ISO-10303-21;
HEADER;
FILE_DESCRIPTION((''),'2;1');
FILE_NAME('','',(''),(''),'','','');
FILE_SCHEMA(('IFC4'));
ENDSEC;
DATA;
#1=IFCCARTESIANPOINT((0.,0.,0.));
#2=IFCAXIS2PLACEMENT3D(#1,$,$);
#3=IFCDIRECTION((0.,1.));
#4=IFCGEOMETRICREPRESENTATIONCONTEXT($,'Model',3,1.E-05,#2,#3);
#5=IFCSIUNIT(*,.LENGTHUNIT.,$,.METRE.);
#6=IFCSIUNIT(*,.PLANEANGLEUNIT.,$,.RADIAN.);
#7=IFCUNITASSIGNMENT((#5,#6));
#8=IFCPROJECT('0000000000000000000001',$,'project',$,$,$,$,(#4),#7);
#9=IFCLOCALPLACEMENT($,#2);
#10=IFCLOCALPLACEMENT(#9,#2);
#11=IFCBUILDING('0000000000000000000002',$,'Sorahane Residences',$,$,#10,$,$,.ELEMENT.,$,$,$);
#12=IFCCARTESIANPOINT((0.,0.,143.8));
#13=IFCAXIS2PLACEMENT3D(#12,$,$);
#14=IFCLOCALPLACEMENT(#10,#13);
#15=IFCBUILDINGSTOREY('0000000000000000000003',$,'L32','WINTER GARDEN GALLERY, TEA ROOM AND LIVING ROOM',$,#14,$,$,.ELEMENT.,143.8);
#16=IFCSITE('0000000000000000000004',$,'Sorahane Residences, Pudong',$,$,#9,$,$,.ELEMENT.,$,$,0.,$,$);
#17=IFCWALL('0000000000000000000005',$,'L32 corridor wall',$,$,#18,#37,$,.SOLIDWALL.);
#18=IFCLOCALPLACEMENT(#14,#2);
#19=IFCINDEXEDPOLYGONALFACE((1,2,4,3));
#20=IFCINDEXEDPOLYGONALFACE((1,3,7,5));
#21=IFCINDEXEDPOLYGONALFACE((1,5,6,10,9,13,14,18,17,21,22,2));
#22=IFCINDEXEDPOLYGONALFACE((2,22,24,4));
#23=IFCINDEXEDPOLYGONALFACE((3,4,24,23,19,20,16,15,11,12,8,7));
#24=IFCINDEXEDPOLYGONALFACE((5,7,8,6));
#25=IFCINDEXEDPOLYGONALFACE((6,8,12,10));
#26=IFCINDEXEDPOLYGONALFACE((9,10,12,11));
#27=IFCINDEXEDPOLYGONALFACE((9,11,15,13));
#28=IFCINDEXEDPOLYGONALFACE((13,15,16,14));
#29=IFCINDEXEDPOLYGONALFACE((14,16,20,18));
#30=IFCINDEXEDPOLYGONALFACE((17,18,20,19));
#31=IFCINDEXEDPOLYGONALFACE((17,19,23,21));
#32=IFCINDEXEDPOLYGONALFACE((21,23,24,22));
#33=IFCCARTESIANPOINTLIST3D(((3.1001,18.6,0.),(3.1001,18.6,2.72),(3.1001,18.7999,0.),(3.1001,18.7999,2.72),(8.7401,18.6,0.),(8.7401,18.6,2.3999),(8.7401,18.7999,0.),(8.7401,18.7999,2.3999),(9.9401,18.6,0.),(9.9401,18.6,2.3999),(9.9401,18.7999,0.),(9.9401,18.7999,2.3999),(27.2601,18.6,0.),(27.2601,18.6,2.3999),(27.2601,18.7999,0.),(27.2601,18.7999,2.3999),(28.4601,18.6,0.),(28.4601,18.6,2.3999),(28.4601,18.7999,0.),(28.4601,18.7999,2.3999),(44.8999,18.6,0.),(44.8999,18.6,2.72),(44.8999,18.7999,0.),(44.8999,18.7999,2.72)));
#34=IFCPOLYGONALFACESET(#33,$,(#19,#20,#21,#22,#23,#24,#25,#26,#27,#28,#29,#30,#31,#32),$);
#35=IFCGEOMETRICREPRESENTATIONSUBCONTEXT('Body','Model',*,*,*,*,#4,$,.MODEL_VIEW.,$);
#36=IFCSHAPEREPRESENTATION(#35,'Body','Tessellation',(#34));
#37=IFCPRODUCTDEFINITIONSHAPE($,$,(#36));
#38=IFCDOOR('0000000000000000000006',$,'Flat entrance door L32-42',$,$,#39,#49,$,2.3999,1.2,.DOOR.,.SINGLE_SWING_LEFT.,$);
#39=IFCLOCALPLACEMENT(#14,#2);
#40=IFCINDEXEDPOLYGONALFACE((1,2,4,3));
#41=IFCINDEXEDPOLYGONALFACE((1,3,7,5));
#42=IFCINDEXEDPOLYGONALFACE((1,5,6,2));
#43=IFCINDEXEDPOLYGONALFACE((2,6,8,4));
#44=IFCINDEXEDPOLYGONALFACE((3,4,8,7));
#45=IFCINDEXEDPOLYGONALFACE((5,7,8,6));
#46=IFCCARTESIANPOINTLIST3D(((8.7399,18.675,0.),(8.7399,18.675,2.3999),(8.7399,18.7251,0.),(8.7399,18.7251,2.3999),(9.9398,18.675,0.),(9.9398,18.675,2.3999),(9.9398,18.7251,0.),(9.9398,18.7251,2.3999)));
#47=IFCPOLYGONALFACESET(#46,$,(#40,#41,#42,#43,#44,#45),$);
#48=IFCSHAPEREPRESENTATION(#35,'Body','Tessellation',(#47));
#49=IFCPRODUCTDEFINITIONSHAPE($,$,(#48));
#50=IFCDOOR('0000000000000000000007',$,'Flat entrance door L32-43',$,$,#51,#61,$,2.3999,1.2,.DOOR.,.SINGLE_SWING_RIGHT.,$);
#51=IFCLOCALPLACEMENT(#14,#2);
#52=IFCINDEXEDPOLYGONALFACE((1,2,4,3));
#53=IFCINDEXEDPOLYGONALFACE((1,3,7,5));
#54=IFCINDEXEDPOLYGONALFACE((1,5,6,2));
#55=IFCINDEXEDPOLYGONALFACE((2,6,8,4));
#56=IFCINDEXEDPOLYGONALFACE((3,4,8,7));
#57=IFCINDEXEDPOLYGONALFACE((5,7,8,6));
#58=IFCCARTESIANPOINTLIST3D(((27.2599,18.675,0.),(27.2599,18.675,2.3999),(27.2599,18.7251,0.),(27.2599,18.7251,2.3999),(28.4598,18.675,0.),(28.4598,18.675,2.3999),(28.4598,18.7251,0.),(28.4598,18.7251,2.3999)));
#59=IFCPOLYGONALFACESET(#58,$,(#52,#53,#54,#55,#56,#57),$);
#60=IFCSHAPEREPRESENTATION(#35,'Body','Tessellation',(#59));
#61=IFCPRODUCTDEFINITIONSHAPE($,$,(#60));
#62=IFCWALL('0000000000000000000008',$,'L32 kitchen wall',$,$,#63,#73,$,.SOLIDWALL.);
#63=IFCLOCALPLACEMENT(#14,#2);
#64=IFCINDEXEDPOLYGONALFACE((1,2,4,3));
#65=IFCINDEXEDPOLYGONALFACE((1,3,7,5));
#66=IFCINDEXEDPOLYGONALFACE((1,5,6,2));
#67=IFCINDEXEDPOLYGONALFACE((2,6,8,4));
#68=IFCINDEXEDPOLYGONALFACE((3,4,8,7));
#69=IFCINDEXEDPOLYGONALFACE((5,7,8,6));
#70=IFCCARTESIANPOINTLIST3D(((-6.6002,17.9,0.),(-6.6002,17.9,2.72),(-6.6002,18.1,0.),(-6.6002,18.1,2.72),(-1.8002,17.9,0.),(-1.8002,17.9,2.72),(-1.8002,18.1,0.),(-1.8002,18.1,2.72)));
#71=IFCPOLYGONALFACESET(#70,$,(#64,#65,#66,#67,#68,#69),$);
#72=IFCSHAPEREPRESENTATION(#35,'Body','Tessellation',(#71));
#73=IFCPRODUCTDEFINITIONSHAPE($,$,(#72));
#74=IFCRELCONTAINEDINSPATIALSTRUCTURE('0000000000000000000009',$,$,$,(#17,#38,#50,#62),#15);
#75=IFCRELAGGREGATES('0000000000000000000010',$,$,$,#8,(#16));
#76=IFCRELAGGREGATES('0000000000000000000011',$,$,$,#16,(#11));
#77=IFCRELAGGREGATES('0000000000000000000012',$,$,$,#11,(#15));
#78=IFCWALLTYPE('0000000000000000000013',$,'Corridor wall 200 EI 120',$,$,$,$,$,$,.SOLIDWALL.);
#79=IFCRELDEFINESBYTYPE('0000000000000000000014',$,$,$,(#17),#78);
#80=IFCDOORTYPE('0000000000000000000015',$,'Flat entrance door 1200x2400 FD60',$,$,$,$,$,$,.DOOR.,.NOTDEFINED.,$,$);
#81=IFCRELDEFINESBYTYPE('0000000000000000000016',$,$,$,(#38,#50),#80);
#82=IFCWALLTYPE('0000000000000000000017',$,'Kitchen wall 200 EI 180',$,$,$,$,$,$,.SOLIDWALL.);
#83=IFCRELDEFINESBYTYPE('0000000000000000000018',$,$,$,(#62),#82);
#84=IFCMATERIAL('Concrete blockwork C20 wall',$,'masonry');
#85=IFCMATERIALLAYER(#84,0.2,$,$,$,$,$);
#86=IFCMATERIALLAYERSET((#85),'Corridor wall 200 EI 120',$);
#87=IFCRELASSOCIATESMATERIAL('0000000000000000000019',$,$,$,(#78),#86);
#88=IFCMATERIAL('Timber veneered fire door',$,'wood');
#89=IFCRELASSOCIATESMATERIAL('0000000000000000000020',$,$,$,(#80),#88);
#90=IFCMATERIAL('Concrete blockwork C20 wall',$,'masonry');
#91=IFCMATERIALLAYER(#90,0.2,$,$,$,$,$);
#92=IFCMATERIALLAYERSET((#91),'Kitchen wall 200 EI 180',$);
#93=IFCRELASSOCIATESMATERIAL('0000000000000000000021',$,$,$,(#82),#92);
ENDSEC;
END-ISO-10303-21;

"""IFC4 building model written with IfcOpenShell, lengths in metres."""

from ifc_helpers import new_model, si_unit, direction, frame, frame_2d, origin, place, context, subcontext, project, spatial, rectangle, extrude, material, layer, layer_set, type_object, element, fill, save


model = new_model("IFC4")

# Units and contexts
model_context = context("Model", 3, precision=1e-05, world=origin(), true_north=direction((0.0, 1.0)))
body_context = subcontext(model_context, "Body", "Model", "MODEL_VIEW")
ifc_project = project(units=[si_unit("LENGTHUNIT", "METRE"), si_unit("PLANEANGLEUNIT", "RADIAN")], contexts=[model_context])

# Site, building, storey
site_placement = place(None, origin())
site = spatial("IfcSite", under=ifc_project, at=site_placement, Name="Sorahane Residences, Pudong", CompositionType="ELEMENT", RefElevation=0.0)
building_placement = place(site_placement, origin())
building = spatial("IfcBuilding", under=site, at=building_placement, Name="Sorahane Residences", CompositionType="ELEMENT")
storey_placement = place(building_placement, frame((0.0, 0.0, 143.8)))
storey = spatial("IfcBuildingStorey", under=building, at=storey_placement, Name="L32", Description="WINTER GARDEN GALLERY, TEA ROOM AND LIVING ROOM", CompositionType="ELEMENT", Elevation=143.8)

# Shared definitions
ifc_material_1 = material(Name="Concrete blockwork C20 wall", Category="masonry")
ifc_layer_1 = layer(ifc_material_1, 0.2)
ifc_layer_set_1 = layer_set([ifc_layer_1], Name="Corridor wall 200 EI 120")
wall_type_1 = type_object("IfcWallType", Name="Corridor wall 200 EI 120", PredefinedType="SOLIDWALL", material=ifc_layer_set_1)

# Wall, openings, doors
wall_1_placement = place(storey_placement, frame((3.1001, 18.7, 0.0), z_axis=(0.0, 0.0, 1.0), x_axis=(1.0, 0.0, 0.0)))
wall_1 = element("IfcWall", 1, at=wall_1_placement, inside=storey, type_object=wall_type_1, Name="L32 corridor wall", PredefinedType="SOLIDWALL", context=body_context, shape_type="SweptSolid", body=[
    extrude(rectangle(XDim=41.7998, YDim=0.2, at=frame_2d((20.8999, 0.0))), origin(), (0.0, 0.0, 1.0), 2.72),
])
opening_1_placement = place(wall_1_placement, frame((5.6399, 0.0, 0.0)))
opening_1 = element("IfcOpeningElement", 2, at=opening_1_placement, cuts=wall_1, PredefinedType="OPENING", context=body_context, shape_type="SweptSolid", body=[
    extrude(rectangle(XDim=1.2, YDim=2.3999, at=frame_2d((0.6001, 1.2))), frame((0.0, 0.1099, 0.0), z_axis=(0.0, -1.0, 0.0), x_axis=(1.0, 0.0, 0.0)), (0.0, 0.0, 1.0), 0.22),
])
opening_2_placement = place(wall_1_placement, frame((24.1599, 0.0, 0.0)))
opening_2 = element("IfcOpeningElement", 3, at=opening_2_placement, cuts=wall_1, PredefinedType="OPENING", context=body_context, shape_type="SweptSolid", body=[
    extrude(rectangle(XDim=1.2, YDim=2.3999, at=frame_2d((0.6001, 1.2))), frame((0.0, 0.1099, 0.0), z_axis=(0.0, -1.0, 0.0), x_axis=(1.0, 0.0, 0.0)), (0.0, 0.0, 1.0), 0.22),
])
ifc_material_2 = material(Name="Timber veneered fire door", Category="wood")
door_type_1 = type_object("IfcDoorType", Name="Flat entrance door 1200x2400 FD60", OperationType="NOTDEFINED", PredefinedType="DOOR", material=ifc_material_2)
door_1_placement = place(opening_1_placement, frame((1.2, 0.0, 0.0), z_axis=(0.0, 0.0, 1.0), x_axis=(-1.0, 0.0, 0.0)))
door_1 = element("IfcDoor", 4, at=door_1_placement, inside=storey, type_object=door_type_1, Name="Flat entrance door L32-42", OperationType="SINGLE_SWING_LEFT", OverallHeight=2.3999, OverallWidth=1.2, PredefinedType="DOOR", context=body_context, shape_type="SweptSolid", body=[
    extrude(rectangle(XDim=1.2, YDim=2.3999, at=frame_2d((0.6001, 1.2))), frame((0.0, 0.0249, 0.0), z_axis=(0.0, -1.0, 0.0), x_axis=(1.0, 0.0, 0.0)), (0.0, 0.0, 1.0), 0.05),
])
fill(opening_1, door_1)
door_2_placement = place(opening_2_placement, frame((1.2, 0.0, 0.0), z_axis=(0.0, 0.0, 1.0), x_axis=(-1.0, 0.0, 0.0)))
door_2 = element("IfcDoor", 5, at=door_2_placement, inside=storey, type_object=door_type_1, Name="Flat entrance door L32-43", OperationType="SINGLE_SWING_RIGHT", OverallHeight=2.3999, OverallWidth=1.2, PredefinedType="DOOR", context=body_context, shape_type="SweptSolid", body=[
    extrude(rectangle(XDim=1.2, YDim=2.3999, at=frame_2d((0.6001, 1.2))), frame((0.0, 0.0249, 0.0), z_axis=(0.0, -1.0, 0.0), x_axis=(1.0, 0.0, 0.0)), (0.0, 0.0, 1.0), 0.05),
])
fill(opening_2, door_2)

# Wall
ifc_material_3 = material(Name="Concrete blockwork C20 wall", Category="masonry")
ifc_layer_2 = layer(ifc_material_3, 0.2)
ifc_layer_set_2 = layer_set([ifc_layer_2], Name="Kitchen wall 200 EI 180")
wall_type_2 = type_object("IfcWallType", Name="Kitchen wall 200 EI 180", PredefinedType="SOLIDWALL", material=ifc_layer_set_2)
wall_2_placement = place(storey_placement, frame((-6.6001, 18.0, 0.0), z_axis=(0.0, 0.0, 1.0), x_axis=(1.0, 0.0, 0.0)))
element("IfcWall", 6, at=wall_2_placement, inside=storey, type_object=wall_type_2, Name="L32 kitchen wall", PredefinedType="SOLIDWALL", context=body_context, shape_type="SweptSolid", body=[
    extrude(rectangle(XDim=4.8, YDim=0.2, at=frame_2d((2.3999, 0.0))), origin(), (0.0, 0.0, 1.0), 2.72),
])

save(model, "model.ifc")
